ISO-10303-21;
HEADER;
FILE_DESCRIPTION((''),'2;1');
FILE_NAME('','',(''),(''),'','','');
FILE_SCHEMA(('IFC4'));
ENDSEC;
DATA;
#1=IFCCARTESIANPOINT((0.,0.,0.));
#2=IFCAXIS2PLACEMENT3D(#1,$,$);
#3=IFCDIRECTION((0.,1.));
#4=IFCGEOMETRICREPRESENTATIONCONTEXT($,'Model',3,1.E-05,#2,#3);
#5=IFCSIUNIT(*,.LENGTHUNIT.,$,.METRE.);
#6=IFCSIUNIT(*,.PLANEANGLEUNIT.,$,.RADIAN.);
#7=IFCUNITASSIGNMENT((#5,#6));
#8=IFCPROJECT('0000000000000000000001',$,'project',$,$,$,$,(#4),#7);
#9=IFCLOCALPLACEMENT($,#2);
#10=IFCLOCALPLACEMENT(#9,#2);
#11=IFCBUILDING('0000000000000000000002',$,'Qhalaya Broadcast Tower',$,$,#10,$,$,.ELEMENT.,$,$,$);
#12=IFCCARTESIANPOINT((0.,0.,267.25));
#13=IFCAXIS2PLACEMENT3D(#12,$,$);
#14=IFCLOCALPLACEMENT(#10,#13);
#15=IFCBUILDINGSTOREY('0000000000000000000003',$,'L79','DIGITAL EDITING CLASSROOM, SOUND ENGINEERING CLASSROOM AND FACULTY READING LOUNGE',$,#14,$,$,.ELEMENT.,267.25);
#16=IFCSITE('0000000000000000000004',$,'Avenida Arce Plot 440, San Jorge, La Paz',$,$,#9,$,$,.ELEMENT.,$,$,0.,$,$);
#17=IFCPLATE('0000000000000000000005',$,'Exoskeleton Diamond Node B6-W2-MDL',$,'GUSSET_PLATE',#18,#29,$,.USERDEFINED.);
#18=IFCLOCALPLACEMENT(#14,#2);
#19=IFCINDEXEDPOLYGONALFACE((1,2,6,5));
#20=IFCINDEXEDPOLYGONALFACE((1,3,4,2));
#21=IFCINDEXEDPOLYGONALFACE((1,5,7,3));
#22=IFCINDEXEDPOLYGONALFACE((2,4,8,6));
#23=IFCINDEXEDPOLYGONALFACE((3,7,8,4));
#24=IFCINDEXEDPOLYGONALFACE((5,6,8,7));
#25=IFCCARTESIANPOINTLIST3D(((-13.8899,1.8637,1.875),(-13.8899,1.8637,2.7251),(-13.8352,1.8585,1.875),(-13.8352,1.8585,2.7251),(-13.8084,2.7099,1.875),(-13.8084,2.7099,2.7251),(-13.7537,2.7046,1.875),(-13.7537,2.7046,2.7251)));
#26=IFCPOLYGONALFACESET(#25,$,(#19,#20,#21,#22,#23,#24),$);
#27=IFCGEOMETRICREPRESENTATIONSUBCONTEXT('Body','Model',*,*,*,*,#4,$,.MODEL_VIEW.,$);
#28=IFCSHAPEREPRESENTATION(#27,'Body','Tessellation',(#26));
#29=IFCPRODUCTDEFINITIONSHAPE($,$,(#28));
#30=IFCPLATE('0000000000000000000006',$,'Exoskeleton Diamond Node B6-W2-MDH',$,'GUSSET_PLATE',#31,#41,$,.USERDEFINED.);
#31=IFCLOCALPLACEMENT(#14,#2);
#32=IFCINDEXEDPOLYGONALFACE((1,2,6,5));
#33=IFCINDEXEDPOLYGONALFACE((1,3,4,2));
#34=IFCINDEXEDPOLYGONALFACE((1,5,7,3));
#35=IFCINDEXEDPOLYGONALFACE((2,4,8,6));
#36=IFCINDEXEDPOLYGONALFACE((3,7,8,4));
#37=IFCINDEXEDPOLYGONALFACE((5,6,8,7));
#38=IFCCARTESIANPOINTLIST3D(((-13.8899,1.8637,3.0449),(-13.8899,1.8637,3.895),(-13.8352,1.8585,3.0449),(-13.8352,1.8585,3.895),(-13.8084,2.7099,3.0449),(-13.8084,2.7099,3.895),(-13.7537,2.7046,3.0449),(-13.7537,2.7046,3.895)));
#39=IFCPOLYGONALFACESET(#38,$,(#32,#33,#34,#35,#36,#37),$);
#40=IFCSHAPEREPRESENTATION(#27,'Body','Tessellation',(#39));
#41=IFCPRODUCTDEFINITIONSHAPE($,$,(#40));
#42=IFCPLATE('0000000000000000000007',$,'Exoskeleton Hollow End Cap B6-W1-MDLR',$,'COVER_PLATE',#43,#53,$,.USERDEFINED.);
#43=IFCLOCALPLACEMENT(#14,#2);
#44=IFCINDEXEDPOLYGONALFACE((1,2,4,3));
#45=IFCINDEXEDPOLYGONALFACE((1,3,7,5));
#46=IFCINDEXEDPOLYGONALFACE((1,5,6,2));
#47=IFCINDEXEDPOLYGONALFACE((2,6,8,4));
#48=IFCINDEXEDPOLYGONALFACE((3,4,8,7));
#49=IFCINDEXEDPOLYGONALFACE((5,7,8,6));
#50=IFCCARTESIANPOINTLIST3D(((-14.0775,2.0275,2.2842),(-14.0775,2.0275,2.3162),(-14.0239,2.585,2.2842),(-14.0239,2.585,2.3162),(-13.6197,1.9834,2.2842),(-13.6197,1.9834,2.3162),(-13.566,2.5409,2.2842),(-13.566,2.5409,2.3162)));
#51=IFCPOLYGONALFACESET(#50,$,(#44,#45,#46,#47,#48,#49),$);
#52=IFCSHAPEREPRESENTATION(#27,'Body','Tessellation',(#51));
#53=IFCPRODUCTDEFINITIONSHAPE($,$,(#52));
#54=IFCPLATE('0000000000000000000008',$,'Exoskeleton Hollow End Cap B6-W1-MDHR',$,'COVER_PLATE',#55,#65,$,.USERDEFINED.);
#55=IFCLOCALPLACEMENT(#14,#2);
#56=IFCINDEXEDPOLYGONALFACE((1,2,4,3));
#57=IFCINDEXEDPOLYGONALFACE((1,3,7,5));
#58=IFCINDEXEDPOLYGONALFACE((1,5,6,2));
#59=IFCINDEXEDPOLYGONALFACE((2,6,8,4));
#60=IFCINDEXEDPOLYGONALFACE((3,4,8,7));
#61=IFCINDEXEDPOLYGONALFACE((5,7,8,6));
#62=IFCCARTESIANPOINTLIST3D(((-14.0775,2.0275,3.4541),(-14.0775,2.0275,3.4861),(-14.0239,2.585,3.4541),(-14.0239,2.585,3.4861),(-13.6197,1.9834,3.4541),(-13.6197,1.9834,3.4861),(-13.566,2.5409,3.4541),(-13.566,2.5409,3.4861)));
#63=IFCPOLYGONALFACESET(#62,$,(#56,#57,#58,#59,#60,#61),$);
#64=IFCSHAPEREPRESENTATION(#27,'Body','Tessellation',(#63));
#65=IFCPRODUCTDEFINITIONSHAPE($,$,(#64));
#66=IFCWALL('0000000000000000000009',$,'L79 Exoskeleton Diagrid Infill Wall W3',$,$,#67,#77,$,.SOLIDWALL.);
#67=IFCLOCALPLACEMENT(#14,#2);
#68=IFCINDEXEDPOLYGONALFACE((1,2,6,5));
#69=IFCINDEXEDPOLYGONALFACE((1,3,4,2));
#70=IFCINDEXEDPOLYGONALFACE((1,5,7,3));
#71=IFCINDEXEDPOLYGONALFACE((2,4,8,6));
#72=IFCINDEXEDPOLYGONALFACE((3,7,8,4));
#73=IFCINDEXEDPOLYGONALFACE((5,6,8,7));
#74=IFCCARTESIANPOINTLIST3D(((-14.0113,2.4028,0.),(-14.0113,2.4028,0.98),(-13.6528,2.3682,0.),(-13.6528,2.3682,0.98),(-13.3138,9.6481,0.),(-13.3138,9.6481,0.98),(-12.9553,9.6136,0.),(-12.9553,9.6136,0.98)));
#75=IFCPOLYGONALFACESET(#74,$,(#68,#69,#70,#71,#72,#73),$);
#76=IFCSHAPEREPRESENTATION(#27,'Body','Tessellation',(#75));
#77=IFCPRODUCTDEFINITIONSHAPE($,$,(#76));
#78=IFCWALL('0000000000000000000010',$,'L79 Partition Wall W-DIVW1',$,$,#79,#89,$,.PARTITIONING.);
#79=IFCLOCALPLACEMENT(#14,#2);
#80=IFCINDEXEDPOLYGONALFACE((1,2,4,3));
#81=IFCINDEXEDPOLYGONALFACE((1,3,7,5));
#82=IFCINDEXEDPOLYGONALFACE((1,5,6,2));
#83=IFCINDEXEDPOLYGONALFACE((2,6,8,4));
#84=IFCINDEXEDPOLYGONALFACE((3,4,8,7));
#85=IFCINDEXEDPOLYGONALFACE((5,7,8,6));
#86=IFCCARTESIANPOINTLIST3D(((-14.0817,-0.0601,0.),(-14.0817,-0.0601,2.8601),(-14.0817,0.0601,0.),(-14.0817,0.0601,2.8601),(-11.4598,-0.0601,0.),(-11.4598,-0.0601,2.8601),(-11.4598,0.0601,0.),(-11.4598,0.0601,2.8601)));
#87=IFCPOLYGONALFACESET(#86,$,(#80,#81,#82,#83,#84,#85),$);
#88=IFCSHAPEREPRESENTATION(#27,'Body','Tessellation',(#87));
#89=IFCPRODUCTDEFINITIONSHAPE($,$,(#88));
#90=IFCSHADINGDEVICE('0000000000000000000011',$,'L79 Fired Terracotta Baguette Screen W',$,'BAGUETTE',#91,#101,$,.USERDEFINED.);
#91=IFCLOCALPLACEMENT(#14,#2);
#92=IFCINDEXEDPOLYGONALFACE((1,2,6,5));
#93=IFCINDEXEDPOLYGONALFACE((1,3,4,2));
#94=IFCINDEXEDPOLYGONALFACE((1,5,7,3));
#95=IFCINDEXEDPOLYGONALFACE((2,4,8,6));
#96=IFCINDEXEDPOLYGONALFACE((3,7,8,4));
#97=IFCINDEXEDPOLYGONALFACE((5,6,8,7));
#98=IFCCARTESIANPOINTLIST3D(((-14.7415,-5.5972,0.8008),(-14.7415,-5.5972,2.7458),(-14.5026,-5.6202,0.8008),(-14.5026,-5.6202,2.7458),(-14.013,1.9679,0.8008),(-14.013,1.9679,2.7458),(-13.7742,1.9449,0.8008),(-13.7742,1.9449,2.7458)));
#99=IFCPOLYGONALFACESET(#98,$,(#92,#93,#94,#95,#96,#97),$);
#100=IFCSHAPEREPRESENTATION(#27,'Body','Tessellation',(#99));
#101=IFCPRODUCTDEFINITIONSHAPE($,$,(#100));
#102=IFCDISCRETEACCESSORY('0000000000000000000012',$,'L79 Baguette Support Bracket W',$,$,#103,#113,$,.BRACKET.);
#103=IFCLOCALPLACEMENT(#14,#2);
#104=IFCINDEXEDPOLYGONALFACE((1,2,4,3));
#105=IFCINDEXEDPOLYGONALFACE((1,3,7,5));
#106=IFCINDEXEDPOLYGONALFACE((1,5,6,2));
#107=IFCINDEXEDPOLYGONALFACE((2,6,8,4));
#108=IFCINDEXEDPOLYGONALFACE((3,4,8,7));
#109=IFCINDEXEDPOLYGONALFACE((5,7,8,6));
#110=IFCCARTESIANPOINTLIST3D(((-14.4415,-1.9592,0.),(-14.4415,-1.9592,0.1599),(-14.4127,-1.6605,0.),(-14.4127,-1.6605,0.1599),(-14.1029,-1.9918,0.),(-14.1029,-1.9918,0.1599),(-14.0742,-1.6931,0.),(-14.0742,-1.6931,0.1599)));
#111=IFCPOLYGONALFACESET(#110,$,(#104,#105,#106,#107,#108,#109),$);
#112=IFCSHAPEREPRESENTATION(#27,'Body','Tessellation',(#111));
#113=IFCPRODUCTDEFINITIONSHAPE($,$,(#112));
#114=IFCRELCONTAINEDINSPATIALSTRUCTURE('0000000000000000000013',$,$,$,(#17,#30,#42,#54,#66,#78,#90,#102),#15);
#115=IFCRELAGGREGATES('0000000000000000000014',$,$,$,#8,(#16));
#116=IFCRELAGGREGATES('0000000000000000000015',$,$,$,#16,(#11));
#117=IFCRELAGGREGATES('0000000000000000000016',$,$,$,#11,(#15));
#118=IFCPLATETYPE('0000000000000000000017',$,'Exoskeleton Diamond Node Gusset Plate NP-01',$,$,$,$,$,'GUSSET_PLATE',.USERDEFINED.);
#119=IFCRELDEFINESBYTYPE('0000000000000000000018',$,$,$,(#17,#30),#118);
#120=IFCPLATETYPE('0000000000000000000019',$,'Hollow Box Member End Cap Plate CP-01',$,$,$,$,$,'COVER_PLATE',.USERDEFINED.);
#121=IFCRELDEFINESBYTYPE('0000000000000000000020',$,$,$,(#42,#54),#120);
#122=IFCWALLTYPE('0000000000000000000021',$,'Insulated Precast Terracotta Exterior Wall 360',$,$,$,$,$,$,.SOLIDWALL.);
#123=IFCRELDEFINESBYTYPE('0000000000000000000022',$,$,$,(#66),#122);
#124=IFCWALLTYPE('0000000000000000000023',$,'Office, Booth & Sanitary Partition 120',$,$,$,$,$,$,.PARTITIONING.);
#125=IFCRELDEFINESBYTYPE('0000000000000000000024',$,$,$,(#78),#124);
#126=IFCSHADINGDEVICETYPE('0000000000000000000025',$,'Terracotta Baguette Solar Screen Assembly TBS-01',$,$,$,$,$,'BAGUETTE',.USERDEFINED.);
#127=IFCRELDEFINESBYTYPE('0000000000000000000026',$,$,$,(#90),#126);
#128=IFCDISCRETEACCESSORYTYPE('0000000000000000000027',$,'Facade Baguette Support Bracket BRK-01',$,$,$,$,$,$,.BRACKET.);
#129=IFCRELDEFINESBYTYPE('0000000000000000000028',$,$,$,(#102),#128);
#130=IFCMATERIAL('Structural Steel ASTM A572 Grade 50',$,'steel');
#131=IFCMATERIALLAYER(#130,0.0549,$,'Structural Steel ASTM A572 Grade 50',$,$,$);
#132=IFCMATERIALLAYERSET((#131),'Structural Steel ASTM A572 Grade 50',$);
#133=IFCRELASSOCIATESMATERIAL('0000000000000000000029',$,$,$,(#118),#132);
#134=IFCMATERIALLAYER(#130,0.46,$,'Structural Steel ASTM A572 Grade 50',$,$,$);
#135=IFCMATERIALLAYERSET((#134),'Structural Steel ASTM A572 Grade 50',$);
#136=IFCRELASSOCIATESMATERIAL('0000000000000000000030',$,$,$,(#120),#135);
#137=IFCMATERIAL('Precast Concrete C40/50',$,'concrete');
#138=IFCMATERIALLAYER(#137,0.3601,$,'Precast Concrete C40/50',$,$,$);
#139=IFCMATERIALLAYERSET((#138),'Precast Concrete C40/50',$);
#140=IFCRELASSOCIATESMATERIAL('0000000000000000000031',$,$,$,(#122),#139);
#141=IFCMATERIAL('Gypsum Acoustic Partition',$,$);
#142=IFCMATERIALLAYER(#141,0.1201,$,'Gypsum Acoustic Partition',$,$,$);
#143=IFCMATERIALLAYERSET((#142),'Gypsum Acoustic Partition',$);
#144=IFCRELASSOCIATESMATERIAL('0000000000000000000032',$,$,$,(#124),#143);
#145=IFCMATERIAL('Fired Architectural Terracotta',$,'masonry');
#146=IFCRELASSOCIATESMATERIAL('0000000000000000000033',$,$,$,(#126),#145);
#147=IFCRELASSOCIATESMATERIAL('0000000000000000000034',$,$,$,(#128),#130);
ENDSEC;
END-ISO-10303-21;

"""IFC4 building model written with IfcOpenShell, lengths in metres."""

from ifc_helpers import new_model, si_unit, direction, frame, frame_2d, origin, origin_2d, place, context, subcontext, project, spatial, rectangle, extrude, material, layer, layer_set, type_object, element, save


model = new_model("IFC4")

# Units and contexts
model_context = context("Model", 3, precision=1e-05, world=origin(), true_north=direction((0.0, 1.0)))
body_context = subcontext(model_context, "Body", "Model", "MODEL_VIEW")
ifc_project = project(units=[si_unit("LENGTHUNIT", "METRE"), si_unit("PLANEANGLEUNIT", "RADIAN")], contexts=[model_context])

# Site, building, storey
site_placement = place(None, origin())
site = spatial("IfcSite", under=ifc_project, at=site_placement, Name="Avenida Arce Plot 440, San Jorge, La Paz", CompositionType="ELEMENT", RefElevation=0.0)
building_placement = place(site_placement, origin())
building = spatial("IfcBuilding", under=site, at=building_placement, Name="Qhalaya Broadcast Tower", CompositionType="ELEMENT")
storey_placement = place(building_placement, frame((0.0, 0.0, 267.25)))
storey = spatial("IfcBuildingStorey", under=building, at=storey_placement, Name="L79", Description="DIGITAL EDITING CLASSROOM, SOUND ENGINEERING CLASSROOM AND FACULTY READING LOUNGE", CompositionType="ELEMENT", Elevation=267.25)

# Shared definitions
ifc_material_1 = material(Name="Structural Steel ASTM A572 Grade 50", Category="steel")

# Plates
ifc_layer_1 = layer(ifc_material_1, 0.0549, Name="Structural Steel ASTM A572 Grade 50")
ifc_layer_set_1 = layer_set([ifc_layer_1], Name="Structural Steel ASTM A572 Grade 50")
plate_type_1 = type_object("IfcPlateType", Name="Exoskeleton Diamond Node Gusset Plate NP-01", ElementType="GUSSET_PLATE", PredefinedType="USERDEFINED", material=ifc_layer_set_1)
for number, where, z_axis, x_axis, name in (
    (1, (-13.8218, 2.2842, 1.875), (0.0, 0.0, 1.0), (0.095846, 0.995396, 0.0), "Exoskeleton Diamond Node B6-W2-MDL"),
    (2, (-13.8218, 2.2842, 3.0449), (0.0, 0.0, 1.0), (0.095846, 0.995396, 0.0), "Exoskeleton Diamond Node B6-W2-MDH"),
):
    element("IfcPlate", number, at=place(storey_placement, frame(where, z_axis=z_axis, x_axis=x_axis)), inside=storey, type_object=plate_type_1, Name=name, ObjectType="GUSSET_PLATE", PredefinedType="USERDEFINED", context=body_context, shape_type="SweptSolid", body=[
        extrude(rectangle(XDim=0.8501, YDim=0.0549, at=origin_2d()), origin(), (0.0, 0.0, 1.0), 0.8501),
    ])
ifc_layer_2 = layer(ifc_material_1, 0.46, Name="Structural Steel ASTM A572 Grade 50")
ifc_layer_set_2 = layer_set([ifc_layer_2], Name="Structural Steel ASTM A572 Grade 50")
plate_type_2 = type_object("IfcPlateType", Name="Hollow Box Member End Cap Plate CP-01", ElementType="COVER_PLATE", PredefinedType="USERDEFINED", material=ifc_layer_set_2)
for number, where, z_axis, x_axis, name in (
    (3, (-13.8218, 2.2842, 2.2842), (0.0, 0.0, 1.0), (0.095846, 0.995396, 0.0), "Exoskeleton Hollow End Cap B6-W1-MDLR"),
    (4, (-13.8218, 2.2842, 3.4541), (0.0, 0.0, 1.0), (0.095846, 0.995396, 0.0), "Exoskeleton Hollow End Cap B6-W1-MDHR"),
):
    element("IfcPlate", number, at=place(storey_placement, frame(where, z_axis=z_axis, x_axis=x_axis)), inside=storey, type_object=plate_type_2, Name=name, ObjectType="COVER_PLATE", PredefinedType="USERDEFINED", context=body_context, shape_type="SweptSolid", body=[
        extrude(rectangle(XDim=0.5601, YDim=0.46, at=origin_2d()), origin(), (0.0, 0.0, 1.0), 0.032),
    ])

# Walls
ifc_material_2 = material(Name="Precast Concrete C40/50", Category="concrete")
ifc_layer_3 = layer(ifc_material_2, 0.3601, Name="Precast Concrete C40/50")
ifc_layer_set_3 = layer_set([ifc_layer_3], Name="Precast Concrete C40/50")
wall_type_1 = type_object("IfcWallType", Name="Insulated Precast Terracotta Exterior Wall 360", PredefinedType="SOLIDWALL", material=ifc_layer_set_3)
wall_1_placement = place(storey_placement, frame((-13.832, 2.3855, 0.0), z_axis=(0.0, 0.0, 1.0), x_axis=(0.095827, 0.995398, 0.0)))
element("IfcWall", 5, at=wall_1_placement, inside=storey, type_object=wall_type_1, Name="L79 Exoskeleton Diagrid Infill Wall W3", PredefinedType="SOLIDWALL", context=body_context, shape_type="SweptSolid", body=[
    extrude(rectangle(XDim=7.2788, YDim=0.3601, at=frame_2d((3.6394, 0.0))), origin(), (0.0, 0.0, 1.0), 0.98),
])
ifc_material_3 = material(Name="Gypsum Acoustic Partition")
ifc_layer_4 = layer(ifc_material_3, 0.1201, Name="Gypsum Acoustic Partition")
ifc_layer_set_4 = layer_set([ifc_layer_4], Name="Gypsum Acoustic Partition")
wall_type_2 = type_object("IfcWallType", Name="Office, Booth & Sanitary Partition 120", PredefinedType="PARTITIONING", material=ifc_layer_set_4)
wall_2_placement = place(storey_placement, frame((-14.0818, 0.0, 0.0), z_axis=(0.0, 0.0, 1.0), x_axis=(1.0, 0.0, 0.0)))
element("IfcWall", 6, at=wall_2_placement, inside=storey, type_object=wall_type_2, Name="L79 Partition Wall W-DIVW1", PredefinedType="PARTITIONING", context=body_context, shape_type="SweptSolid", body=[
    extrude(rectangle(XDim=2.6218, YDim=0.1201, at=frame_2d((1.311, 0.0))), origin(), (0.0, 0.0, 1.0), 2.8601),
])

# Shading device
ifc_material_4 = material(Name="Fired Architectural Terracotta", Category="masonry")
shading_device_type = type_object("IfcShadingDeviceType", Name="Terracotta Baguette Solar Screen Assembly TBS-01", ElementType="BAGUETTE", PredefinedType="USERDEFINED", material=ifc_material_4)
shading_device_placement = place(storey_placement, frame((-14.2578, -1.8262, 0.8008), z_axis=(0.0, 0.0, 1.0), x_axis=(-0.095846, -0.995396, 0.0)))
element("IfcShadingDevice", 7, at=shading_device_placement, inside=storey, type_object=shading_device_type, Name="L79 Fired Terracotta Baguette Screen W", ObjectType="BAGUETTE", PredefinedType="USERDEFINED", context=body_context, shape_type="SweptSolid", body=[
    extrude(rectangle(XDim=7.6001, YDim=0.24, at=origin_2d()), origin(), (0.0, 0.0, 1.0), 1.9451),
])

# Discrete accessory
discrete_accessory_type = type_object("IfcDiscreteAccessoryType", Name="Facade Baguette Support Bracket BRK-01", PredefinedType="BRACKET", material=ifc_material_1)
discrete_accessory_placement = place(storey_placement, frame((-14.2578, -1.8262, 0.0), z_axis=(0.0, 0.0, 1.0), x_axis=(-0.095846, -0.995396, 0.0)))
element("IfcDiscreteAccessory", 8, at=discrete_accessory_placement, inside=storey, type_object=discrete_accessory_type, Name="L79 Baguette Support Bracket W", PredefinedType="BRACKET", context=body_context, shape_type="SweptSolid", body=[
    extrude(rectangle(XDim=0.3, YDim=0.3401, at=origin_2d()), origin(), (0.0, 0.0, 1.0), 0.1599),
])

save(model, "model.ifc")
